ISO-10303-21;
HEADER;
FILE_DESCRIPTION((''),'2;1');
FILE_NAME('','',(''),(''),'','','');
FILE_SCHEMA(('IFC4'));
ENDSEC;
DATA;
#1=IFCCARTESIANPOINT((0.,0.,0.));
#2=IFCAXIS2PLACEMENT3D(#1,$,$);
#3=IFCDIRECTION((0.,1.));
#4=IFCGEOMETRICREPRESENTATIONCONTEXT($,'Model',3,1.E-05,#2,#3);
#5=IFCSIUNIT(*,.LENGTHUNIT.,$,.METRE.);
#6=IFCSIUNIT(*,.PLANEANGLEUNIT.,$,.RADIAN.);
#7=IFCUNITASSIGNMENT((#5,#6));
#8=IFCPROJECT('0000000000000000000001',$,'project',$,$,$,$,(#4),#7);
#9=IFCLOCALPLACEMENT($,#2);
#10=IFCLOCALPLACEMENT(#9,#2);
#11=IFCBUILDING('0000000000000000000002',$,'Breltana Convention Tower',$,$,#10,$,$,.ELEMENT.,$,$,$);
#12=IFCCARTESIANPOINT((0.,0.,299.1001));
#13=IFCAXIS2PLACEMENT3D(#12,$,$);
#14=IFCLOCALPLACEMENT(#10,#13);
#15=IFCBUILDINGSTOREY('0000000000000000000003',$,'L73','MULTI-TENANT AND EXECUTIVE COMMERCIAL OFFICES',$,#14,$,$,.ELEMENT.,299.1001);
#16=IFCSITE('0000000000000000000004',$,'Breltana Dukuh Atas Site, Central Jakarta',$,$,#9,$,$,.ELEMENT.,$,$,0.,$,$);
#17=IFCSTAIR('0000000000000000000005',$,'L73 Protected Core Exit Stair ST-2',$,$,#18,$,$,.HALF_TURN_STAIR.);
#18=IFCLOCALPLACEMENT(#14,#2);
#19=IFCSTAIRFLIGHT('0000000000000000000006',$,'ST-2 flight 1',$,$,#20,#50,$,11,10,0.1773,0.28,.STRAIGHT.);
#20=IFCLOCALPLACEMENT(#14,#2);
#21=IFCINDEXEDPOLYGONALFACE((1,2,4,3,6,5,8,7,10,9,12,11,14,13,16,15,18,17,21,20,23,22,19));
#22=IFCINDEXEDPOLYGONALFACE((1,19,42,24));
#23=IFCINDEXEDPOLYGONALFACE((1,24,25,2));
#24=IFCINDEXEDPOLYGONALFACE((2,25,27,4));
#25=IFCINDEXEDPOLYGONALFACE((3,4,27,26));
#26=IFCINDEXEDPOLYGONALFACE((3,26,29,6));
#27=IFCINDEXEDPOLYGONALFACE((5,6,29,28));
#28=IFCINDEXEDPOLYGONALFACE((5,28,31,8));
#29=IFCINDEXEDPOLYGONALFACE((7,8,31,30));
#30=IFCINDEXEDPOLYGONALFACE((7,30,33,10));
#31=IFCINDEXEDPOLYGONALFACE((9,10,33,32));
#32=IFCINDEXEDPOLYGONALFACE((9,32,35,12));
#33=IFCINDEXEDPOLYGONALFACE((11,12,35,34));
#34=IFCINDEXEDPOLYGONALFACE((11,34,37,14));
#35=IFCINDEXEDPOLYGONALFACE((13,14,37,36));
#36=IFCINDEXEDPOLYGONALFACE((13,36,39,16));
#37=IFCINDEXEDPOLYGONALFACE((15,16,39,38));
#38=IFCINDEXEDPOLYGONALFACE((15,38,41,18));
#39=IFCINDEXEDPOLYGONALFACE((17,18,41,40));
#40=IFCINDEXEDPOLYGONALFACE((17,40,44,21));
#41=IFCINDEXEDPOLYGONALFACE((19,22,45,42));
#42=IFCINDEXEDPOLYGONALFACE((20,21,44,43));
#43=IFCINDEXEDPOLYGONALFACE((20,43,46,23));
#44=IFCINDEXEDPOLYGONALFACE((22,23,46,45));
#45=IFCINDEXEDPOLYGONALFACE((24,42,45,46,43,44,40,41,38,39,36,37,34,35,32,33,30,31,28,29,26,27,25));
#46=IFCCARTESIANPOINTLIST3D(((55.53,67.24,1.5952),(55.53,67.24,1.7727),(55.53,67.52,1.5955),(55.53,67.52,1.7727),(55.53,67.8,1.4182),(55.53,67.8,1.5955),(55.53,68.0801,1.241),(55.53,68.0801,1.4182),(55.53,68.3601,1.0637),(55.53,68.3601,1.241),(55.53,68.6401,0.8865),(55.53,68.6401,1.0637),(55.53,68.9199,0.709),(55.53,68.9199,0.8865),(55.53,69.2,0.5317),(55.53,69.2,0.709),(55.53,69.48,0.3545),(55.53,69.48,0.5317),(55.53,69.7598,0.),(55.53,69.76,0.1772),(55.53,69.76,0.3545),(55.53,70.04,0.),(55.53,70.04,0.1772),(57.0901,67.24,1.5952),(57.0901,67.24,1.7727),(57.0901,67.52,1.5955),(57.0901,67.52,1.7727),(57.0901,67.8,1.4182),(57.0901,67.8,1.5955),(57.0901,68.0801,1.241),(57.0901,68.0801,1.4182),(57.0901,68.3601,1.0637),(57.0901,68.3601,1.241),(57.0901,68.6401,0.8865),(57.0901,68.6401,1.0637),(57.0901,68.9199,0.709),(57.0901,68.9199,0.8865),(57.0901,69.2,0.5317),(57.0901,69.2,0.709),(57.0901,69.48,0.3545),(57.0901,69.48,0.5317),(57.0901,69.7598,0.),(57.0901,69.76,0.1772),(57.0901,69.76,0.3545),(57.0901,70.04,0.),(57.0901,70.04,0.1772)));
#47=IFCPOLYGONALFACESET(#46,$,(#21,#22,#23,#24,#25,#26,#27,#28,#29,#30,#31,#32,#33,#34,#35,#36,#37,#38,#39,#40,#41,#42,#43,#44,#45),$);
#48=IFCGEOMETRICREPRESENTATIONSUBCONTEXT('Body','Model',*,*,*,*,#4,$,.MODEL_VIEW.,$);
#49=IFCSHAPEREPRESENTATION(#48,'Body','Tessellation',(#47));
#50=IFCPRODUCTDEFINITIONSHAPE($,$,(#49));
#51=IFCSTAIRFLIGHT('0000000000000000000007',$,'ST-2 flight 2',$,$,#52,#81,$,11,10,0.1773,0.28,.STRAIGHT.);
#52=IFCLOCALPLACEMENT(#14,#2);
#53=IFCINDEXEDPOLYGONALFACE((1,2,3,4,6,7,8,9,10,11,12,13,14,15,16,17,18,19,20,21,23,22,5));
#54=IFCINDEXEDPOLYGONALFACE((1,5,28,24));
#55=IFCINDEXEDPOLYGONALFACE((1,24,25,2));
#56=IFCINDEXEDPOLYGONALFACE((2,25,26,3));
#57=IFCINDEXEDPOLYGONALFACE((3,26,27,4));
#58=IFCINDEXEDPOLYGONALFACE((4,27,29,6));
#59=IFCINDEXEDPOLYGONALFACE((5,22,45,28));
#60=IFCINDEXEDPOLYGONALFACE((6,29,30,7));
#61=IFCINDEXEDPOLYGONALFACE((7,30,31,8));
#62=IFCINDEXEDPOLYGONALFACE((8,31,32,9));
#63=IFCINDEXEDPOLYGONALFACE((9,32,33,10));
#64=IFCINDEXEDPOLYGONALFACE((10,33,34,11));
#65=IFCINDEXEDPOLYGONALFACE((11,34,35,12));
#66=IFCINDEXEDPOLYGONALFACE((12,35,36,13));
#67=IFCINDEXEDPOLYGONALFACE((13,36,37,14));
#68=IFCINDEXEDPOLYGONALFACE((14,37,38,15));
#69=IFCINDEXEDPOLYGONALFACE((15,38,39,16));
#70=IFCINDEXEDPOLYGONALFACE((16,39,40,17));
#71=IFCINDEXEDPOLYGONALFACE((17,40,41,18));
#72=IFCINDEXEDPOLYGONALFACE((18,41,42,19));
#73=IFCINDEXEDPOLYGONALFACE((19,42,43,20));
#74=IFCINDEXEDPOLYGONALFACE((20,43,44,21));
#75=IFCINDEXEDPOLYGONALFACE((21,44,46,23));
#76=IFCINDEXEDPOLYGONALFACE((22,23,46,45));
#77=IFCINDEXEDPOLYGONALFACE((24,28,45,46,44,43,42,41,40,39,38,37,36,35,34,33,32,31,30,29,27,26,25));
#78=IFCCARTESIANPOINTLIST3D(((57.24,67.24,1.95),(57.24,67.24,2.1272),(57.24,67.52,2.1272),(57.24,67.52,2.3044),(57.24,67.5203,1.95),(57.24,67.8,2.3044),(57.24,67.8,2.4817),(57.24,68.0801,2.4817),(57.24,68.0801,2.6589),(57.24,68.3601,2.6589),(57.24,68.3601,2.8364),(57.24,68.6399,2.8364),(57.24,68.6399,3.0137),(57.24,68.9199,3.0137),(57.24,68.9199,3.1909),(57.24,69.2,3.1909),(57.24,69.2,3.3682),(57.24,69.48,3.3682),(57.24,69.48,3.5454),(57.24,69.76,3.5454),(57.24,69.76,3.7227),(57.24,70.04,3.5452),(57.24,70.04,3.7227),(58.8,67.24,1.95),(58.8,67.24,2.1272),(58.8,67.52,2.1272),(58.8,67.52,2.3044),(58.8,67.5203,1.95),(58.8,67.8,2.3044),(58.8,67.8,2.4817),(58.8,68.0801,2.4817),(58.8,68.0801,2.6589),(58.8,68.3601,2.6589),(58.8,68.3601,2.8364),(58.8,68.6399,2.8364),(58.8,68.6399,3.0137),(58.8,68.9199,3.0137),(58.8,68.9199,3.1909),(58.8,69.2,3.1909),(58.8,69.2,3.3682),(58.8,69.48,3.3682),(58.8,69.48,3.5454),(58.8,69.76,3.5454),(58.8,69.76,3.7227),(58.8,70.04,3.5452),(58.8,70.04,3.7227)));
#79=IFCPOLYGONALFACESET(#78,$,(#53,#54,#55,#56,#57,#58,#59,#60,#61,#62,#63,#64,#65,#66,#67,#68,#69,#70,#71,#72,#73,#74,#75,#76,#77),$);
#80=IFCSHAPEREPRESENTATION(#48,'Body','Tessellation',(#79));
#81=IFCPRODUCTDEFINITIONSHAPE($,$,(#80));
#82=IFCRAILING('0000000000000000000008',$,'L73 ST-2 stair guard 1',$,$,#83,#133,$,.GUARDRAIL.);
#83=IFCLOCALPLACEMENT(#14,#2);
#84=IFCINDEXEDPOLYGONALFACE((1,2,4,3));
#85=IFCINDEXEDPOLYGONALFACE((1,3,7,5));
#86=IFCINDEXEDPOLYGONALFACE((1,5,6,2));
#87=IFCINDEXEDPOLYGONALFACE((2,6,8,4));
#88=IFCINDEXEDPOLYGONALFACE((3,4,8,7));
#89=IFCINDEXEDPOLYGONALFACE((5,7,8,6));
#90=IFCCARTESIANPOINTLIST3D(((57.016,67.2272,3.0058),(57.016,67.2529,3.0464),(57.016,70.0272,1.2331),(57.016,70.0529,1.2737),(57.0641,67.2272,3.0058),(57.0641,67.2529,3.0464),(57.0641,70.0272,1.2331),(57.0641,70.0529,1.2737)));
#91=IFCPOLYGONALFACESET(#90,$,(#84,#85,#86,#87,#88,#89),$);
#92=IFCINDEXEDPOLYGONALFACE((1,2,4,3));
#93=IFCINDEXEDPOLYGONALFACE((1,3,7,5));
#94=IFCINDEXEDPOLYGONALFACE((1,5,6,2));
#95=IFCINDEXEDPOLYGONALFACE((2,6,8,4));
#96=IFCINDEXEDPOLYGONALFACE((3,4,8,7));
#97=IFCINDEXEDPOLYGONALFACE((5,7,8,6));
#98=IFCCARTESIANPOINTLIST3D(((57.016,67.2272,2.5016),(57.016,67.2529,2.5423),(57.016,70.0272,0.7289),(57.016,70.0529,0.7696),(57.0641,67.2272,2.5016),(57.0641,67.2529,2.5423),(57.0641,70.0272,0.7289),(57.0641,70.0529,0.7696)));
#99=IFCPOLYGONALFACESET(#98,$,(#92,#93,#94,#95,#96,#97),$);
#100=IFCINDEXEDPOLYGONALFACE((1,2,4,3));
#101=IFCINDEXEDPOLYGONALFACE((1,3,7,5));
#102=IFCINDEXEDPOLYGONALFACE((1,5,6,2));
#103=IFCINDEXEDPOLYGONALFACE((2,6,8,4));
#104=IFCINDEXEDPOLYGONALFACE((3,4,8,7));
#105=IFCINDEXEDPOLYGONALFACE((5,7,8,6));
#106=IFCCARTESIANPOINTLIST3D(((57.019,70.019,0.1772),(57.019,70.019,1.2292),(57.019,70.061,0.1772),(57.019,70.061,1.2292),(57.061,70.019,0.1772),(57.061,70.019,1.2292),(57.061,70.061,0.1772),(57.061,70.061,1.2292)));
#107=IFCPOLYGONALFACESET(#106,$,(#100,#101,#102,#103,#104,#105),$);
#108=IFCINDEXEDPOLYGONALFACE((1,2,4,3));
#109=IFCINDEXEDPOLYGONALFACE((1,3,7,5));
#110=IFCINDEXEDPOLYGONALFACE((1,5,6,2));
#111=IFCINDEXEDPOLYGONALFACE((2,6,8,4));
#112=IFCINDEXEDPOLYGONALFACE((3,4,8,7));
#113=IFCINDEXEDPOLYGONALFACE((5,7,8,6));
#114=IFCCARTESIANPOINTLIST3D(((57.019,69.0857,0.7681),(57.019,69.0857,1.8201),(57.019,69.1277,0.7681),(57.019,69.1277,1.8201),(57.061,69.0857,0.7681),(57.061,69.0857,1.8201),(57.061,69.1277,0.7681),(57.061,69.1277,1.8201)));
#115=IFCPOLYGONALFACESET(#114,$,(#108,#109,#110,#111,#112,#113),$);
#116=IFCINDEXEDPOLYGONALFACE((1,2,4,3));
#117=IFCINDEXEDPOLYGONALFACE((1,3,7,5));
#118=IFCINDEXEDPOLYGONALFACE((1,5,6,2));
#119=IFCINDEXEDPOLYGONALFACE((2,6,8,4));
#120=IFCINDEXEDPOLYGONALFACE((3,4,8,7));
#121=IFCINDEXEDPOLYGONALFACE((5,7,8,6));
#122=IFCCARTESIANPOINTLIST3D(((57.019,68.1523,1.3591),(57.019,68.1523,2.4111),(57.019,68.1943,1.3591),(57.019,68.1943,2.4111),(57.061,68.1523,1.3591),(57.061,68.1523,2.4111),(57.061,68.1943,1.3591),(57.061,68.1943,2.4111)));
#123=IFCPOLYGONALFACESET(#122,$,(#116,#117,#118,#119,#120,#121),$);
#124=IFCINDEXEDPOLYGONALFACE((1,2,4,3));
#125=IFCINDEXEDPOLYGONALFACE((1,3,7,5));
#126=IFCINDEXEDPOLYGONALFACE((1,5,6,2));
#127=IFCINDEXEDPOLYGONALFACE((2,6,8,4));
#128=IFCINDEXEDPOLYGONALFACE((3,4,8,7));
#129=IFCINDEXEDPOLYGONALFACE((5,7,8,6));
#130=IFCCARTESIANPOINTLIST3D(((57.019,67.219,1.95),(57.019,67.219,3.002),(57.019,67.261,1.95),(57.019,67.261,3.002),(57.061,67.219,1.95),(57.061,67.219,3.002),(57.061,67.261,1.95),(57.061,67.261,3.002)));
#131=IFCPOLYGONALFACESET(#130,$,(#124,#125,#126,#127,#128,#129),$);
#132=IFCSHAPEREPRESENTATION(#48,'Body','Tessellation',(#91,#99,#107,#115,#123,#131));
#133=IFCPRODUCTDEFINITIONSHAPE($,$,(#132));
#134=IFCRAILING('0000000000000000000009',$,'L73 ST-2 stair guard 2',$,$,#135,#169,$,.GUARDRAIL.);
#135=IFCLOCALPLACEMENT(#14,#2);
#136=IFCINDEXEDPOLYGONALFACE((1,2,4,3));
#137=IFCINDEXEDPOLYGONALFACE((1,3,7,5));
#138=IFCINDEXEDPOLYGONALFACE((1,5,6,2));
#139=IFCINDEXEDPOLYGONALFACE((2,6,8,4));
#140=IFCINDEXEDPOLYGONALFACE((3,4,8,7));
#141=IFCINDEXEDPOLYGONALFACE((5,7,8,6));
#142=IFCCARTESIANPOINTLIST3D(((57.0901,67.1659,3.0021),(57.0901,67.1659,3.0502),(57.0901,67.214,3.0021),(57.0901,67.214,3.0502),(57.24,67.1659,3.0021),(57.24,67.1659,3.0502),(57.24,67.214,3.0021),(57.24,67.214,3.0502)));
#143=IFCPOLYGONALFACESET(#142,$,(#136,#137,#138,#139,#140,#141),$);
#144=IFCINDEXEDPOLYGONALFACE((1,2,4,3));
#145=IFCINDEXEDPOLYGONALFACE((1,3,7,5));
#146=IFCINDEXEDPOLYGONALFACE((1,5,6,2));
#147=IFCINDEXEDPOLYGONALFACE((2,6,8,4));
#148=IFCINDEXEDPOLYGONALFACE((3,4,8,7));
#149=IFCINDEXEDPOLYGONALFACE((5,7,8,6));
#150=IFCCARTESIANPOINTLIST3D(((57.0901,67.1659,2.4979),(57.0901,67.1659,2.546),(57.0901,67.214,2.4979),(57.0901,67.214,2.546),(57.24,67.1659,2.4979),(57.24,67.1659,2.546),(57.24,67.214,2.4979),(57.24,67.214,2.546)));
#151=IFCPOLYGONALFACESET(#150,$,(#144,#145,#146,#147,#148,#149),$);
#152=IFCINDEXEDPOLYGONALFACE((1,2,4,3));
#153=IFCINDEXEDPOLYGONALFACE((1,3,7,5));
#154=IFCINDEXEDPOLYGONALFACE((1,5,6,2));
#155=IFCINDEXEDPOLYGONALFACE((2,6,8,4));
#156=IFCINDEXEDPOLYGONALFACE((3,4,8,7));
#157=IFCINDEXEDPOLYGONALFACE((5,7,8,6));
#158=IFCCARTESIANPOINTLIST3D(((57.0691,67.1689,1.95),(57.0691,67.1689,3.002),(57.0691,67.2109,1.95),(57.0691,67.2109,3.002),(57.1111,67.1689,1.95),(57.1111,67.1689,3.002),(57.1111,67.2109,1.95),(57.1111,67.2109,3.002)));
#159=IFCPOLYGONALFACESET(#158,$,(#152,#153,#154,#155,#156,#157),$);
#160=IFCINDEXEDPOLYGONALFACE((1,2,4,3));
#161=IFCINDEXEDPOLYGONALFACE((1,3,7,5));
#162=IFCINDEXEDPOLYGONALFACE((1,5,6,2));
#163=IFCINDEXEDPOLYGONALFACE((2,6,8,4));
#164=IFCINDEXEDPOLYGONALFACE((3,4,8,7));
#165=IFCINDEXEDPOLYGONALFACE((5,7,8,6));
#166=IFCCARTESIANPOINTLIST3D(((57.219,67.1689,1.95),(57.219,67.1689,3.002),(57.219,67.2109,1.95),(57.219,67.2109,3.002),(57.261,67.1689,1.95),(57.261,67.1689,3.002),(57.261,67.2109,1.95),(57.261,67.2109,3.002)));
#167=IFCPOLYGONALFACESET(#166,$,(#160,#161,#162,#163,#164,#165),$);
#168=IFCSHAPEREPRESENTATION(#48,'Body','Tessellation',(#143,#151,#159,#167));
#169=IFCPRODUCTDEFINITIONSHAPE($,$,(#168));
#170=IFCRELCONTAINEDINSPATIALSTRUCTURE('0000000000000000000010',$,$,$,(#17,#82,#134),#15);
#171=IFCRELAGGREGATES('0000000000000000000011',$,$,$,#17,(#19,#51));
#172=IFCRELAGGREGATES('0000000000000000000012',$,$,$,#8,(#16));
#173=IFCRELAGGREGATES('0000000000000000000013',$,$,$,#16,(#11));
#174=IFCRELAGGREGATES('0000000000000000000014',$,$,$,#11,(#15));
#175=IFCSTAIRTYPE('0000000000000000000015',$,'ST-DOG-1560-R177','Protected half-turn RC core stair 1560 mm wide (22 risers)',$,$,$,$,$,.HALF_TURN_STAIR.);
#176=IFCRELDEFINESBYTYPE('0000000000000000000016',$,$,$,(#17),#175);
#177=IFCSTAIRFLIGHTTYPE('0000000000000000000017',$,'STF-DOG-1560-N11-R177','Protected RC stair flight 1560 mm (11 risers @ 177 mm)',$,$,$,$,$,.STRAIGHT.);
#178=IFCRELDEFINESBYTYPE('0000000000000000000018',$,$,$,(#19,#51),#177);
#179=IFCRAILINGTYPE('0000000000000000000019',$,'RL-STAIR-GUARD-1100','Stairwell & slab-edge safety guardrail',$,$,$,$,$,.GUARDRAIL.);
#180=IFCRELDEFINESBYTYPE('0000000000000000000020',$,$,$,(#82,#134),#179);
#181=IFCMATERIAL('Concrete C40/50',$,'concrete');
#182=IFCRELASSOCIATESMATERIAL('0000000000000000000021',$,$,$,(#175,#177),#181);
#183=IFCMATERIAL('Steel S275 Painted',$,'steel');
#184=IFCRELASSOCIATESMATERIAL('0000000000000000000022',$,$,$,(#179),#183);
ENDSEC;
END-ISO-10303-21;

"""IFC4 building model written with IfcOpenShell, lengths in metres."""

from ifc_helpers import new_model, si_unit, direction, frame, origin, origin_2d, place, context, subcontext, project, spatial, polyline, rectangle, outline, extrude, material, type_object, element, aggregate, save


model = new_model("IFC4")

# Units and contexts
model_context = context("Model", 3, precision=1e-05, world=origin(), true_north=direction((0.0, 1.0)))
body_context = subcontext(model_context, "Body", "Model", "MODEL_VIEW")
ifc_project = project(units=[si_unit("LENGTHUNIT", "METRE"), si_unit("PLANEANGLEUNIT", "RADIAN")], contexts=[model_context])

# Site, building, storey
site_placement = place(None, origin())
site = spatial("IfcSite", under=ifc_project, at=site_placement, Name="Breltana Dukuh Atas Site, Central Jakarta", CompositionType="ELEMENT", RefElevation=0.0)
building_placement = place(site_placement, origin())
building = spatial("IfcBuilding", under=site, at=building_placement, Name="Breltana Convention Tower", CompositionType="ELEMENT")
storey_placement = place(building_placement, frame((0.0, 0.0, 299.1001)))
storey = spatial("IfcBuildingStorey", under=building, at=storey_placement, Name="L73", Description="MULTI-TENANT AND EXECUTIVE COMMERCIAL OFFICES", CompositionType="ELEMENT", Elevation=299.1001)

# Stair, stair flights
ifc_material_1 = material(Name="Concrete C40/50", Category="concrete")
stair_type = type_object("IfcStairType", Name="ST-DOG-1560-R177", Description="Protected half-turn RC core stair 1560 mm wide (22 risers)", PredefinedType="HALF_TURN_STAIR", material=ifc_material_1)
stair_placement = place(storey_placement, origin())
stair = element("IfcStair", 1, at=stair_placement, inside=storey, type_object=stair_type, Name="L73 Protected Core Exit Stair ST-2", PredefinedType="HALF_TURN_STAIR")
stair_flight_type = type_object("IfcStairFlightType", Name="STF-DOG-1560-N11-R177", Description="Protected RC stair flight 1560 mm (11 risers @ 177 mm)", PredefinedType="STRAIGHT", material=ifc_material_1)
stair_flight_1_placement = place(storey_placement, frame((56.3101, 70.04, 0.0), z_axis=(0.0, 0.0, 1.0), x_axis=(0.0, -1.0, 0.0)))
stair_flight_1 = element("IfcStairFlight", 2, at=stair_flight_1_placement, type_object=stair_flight_type, Name="ST-2 flight 1", NumberOfRisers=11, NumberOfTreads=10, PredefinedType="STRAIGHT", RiserHeight=0.1773, TreadLength=0.28, context=body_context, shape_type="SweptSolid", body=[
    extrude(outline(polyline([(0.0, 0.0), (0.0, 0.1772), (0.28, 0.1772), (0.28, 0.3545), (0.5601, 0.3545), (0.5601, 0.5317), (0.8401, 0.5317), (0.8401, 0.709), (1.1201, 0.709), (1.1201, 0.8865), (1.3999, 0.8865), (1.3999, 1.0637), (1.6799, 1.0637), (1.6799, 1.241), (1.96, 1.241), (1.96, 1.4182), (2.24, 1.4182), (2.24, 1.5955), (2.52, 1.5955), (2.52, 1.7727), (2.8, 1.7727), (2.8, 1.95), (2.8, 1.5952), (0.2803, 0.0), (0.0, 0.0)])), frame((0.0, 0.78, 0.0), z_axis=(0.0, -1.0, 0.0), x_axis=(1.0, 0.0, 0.0)), (0.0, 0.0, 1.0), 1.5601),
])
stair_flight_2_placement = place(storey_placement, frame((58.02, 67.24, 1.95), z_axis=(0.0, 0.0, 1.0), x_axis=(0.0, 1.0, 0.0)))
stair_flight_2 = element("IfcStairFlight", 3, at=stair_flight_2_placement, type_object=stair_flight_type, Name="ST-2 flight 2", NumberOfRisers=11, NumberOfTreads=10, PredefinedType="STRAIGHT", RiserHeight=0.1773, TreadLength=0.28, context=body_context, shape_type="SweptSolid", body=[
    extrude(outline(polyline([(0.0, 0.0), (0.0, 0.1772), (0.28, 0.1772), (0.28, 0.3545), (0.5601, 0.3545), (0.5601, 0.5317), (0.8401, 0.5317), (0.8401, 0.709), (1.1201, 0.709), (1.1201, 0.8865), (1.3999, 0.8865), (1.3999, 1.0637), (1.6799, 1.0637), (1.6799, 1.241), (1.96, 1.241), (1.96, 1.4182), (2.24, 1.4182), (2.24, 1.5955), (2.52, 1.5955), (2.52, 1.7727), (2.8, 1.7727), (2.8, 1.95), (2.8, 1.5952), (0.2803, 0.0), (0.0, 0.0)])), frame((0.0, 0.78, 0.0), z_axis=(0.0, -1.0, 0.0), x_axis=(1.0, 0.0, 0.0)), (0.0, 0.0, 1.0), 1.5601),
])
aggregate(stair, [stair_flight_1, stair_flight_2])

# Railings
ifc_material_2 = material(Name="Steel S275 Painted", Category="steel")
railing_type_1 = type_object("IfcRailingType", Name="RL-STAIR-GUARD-1100", Description="Stairwell & slab-edge safety guardrail", PredefinedType="GUARDRAIL", material=ifc_material_2)
railing_1_placement = place(storey_placement, frame((57.04, 70.04, 0.1772)))
element("IfcRailing", 4, at=railing_1_placement, inside=storey, type_object=railing_type_1, Name="L73 ST-2 stair guard 1", PredefinedType="GUARDRAIL", context=body_context, shape_type="SweptSolid", body=[
    extrude(rectangle(XDim=0.0481, YDim=0.0481, at=origin_2d()), frame((0.0, 0.0, 1.0762), z_axis=(0.0, -0.844909, 0.53491), x_axis=(1.0, 0.0, 0.0)), (0.0, 0.0, 1.0), 3.314),
    extrude(rectangle(XDim=0.0481, YDim=0.0481, at=origin_2d()), frame((0.0, 0.0, 0.572), z_axis=(0.0, -0.844909, 0.53491), x_axis=(1.0, 0.0, 0.0)), (0.0, 0.0, 1.0), 3.314),
    extrude(rectangle(XDim=0.042, YDim=0.042, at=origin_2d()), origin(), (0.0, 0.0, 1.0), 1.052),
    extrude(rectangle(XDim=0.042, YDim=0.042, at=origin_2d()), frame((0.0, -0.9333, 0.5908)), (0.0, 0.0, 1.0), 1.052),
    extrude(rectangle(XDim=0.042, YDim=0.042, at=origin_2d()), frame((0.0, -1.8667, 1.1819)), (0.0, 0.0, 1.0), 1.052),
    extrude(rectangle(XDim=0.042, YDim=0.042, at=origin_2d()), frame((0.0, -2.8, 1.7727)), (0.0, 0.0, 1.0), 1.052),
])
railing_2_placement = place(storey_placement, frame((57.0901, 67.1899, 1.95)))
element("IfcRailing", 5, at=railing_2_placement, inside=storey, type_object=railing_type_1, Name="L73 ST-2 stair guard 2", PredefinedType="GUARDRAIL", context=body_context, shape_type="SweptSolid", body=[
    extrude(rectangle(XDim=0.0481, YDim=0.0481, at=origin_2d()), frame((0.0, 0.0, 1.0762), z_axis=(1.0, 0.0, 0.0), x_axis=(0.0, 1.0, 0.0)), (0.0, 0.0, 1.0), 0.1499),
    extrude(rectangle(XDim=0.0481, YDim=0.0481, at=origin_2d()), frame((0.0, 0.0, 0.572), z_axis=(1.0, 0.0, 0.0), x_axis=(0.0, 1.0, 0.0)), (0.0, 0.0, 1.0), 0.1499),
    extrude(rectangle(XDim=0.042, YDim=0.042, at=origin_2d()), origin(), (0.0, 0.0, 1.0), 1.052),
    extrude(rectangle(XDim=0.042, YDim=0.042, at=origin_2d()), frame((0.1499, 0.0, 0.0)), (0.0, 0.0, 1.0), 1.052),
])

save(model, "model.ifc")
